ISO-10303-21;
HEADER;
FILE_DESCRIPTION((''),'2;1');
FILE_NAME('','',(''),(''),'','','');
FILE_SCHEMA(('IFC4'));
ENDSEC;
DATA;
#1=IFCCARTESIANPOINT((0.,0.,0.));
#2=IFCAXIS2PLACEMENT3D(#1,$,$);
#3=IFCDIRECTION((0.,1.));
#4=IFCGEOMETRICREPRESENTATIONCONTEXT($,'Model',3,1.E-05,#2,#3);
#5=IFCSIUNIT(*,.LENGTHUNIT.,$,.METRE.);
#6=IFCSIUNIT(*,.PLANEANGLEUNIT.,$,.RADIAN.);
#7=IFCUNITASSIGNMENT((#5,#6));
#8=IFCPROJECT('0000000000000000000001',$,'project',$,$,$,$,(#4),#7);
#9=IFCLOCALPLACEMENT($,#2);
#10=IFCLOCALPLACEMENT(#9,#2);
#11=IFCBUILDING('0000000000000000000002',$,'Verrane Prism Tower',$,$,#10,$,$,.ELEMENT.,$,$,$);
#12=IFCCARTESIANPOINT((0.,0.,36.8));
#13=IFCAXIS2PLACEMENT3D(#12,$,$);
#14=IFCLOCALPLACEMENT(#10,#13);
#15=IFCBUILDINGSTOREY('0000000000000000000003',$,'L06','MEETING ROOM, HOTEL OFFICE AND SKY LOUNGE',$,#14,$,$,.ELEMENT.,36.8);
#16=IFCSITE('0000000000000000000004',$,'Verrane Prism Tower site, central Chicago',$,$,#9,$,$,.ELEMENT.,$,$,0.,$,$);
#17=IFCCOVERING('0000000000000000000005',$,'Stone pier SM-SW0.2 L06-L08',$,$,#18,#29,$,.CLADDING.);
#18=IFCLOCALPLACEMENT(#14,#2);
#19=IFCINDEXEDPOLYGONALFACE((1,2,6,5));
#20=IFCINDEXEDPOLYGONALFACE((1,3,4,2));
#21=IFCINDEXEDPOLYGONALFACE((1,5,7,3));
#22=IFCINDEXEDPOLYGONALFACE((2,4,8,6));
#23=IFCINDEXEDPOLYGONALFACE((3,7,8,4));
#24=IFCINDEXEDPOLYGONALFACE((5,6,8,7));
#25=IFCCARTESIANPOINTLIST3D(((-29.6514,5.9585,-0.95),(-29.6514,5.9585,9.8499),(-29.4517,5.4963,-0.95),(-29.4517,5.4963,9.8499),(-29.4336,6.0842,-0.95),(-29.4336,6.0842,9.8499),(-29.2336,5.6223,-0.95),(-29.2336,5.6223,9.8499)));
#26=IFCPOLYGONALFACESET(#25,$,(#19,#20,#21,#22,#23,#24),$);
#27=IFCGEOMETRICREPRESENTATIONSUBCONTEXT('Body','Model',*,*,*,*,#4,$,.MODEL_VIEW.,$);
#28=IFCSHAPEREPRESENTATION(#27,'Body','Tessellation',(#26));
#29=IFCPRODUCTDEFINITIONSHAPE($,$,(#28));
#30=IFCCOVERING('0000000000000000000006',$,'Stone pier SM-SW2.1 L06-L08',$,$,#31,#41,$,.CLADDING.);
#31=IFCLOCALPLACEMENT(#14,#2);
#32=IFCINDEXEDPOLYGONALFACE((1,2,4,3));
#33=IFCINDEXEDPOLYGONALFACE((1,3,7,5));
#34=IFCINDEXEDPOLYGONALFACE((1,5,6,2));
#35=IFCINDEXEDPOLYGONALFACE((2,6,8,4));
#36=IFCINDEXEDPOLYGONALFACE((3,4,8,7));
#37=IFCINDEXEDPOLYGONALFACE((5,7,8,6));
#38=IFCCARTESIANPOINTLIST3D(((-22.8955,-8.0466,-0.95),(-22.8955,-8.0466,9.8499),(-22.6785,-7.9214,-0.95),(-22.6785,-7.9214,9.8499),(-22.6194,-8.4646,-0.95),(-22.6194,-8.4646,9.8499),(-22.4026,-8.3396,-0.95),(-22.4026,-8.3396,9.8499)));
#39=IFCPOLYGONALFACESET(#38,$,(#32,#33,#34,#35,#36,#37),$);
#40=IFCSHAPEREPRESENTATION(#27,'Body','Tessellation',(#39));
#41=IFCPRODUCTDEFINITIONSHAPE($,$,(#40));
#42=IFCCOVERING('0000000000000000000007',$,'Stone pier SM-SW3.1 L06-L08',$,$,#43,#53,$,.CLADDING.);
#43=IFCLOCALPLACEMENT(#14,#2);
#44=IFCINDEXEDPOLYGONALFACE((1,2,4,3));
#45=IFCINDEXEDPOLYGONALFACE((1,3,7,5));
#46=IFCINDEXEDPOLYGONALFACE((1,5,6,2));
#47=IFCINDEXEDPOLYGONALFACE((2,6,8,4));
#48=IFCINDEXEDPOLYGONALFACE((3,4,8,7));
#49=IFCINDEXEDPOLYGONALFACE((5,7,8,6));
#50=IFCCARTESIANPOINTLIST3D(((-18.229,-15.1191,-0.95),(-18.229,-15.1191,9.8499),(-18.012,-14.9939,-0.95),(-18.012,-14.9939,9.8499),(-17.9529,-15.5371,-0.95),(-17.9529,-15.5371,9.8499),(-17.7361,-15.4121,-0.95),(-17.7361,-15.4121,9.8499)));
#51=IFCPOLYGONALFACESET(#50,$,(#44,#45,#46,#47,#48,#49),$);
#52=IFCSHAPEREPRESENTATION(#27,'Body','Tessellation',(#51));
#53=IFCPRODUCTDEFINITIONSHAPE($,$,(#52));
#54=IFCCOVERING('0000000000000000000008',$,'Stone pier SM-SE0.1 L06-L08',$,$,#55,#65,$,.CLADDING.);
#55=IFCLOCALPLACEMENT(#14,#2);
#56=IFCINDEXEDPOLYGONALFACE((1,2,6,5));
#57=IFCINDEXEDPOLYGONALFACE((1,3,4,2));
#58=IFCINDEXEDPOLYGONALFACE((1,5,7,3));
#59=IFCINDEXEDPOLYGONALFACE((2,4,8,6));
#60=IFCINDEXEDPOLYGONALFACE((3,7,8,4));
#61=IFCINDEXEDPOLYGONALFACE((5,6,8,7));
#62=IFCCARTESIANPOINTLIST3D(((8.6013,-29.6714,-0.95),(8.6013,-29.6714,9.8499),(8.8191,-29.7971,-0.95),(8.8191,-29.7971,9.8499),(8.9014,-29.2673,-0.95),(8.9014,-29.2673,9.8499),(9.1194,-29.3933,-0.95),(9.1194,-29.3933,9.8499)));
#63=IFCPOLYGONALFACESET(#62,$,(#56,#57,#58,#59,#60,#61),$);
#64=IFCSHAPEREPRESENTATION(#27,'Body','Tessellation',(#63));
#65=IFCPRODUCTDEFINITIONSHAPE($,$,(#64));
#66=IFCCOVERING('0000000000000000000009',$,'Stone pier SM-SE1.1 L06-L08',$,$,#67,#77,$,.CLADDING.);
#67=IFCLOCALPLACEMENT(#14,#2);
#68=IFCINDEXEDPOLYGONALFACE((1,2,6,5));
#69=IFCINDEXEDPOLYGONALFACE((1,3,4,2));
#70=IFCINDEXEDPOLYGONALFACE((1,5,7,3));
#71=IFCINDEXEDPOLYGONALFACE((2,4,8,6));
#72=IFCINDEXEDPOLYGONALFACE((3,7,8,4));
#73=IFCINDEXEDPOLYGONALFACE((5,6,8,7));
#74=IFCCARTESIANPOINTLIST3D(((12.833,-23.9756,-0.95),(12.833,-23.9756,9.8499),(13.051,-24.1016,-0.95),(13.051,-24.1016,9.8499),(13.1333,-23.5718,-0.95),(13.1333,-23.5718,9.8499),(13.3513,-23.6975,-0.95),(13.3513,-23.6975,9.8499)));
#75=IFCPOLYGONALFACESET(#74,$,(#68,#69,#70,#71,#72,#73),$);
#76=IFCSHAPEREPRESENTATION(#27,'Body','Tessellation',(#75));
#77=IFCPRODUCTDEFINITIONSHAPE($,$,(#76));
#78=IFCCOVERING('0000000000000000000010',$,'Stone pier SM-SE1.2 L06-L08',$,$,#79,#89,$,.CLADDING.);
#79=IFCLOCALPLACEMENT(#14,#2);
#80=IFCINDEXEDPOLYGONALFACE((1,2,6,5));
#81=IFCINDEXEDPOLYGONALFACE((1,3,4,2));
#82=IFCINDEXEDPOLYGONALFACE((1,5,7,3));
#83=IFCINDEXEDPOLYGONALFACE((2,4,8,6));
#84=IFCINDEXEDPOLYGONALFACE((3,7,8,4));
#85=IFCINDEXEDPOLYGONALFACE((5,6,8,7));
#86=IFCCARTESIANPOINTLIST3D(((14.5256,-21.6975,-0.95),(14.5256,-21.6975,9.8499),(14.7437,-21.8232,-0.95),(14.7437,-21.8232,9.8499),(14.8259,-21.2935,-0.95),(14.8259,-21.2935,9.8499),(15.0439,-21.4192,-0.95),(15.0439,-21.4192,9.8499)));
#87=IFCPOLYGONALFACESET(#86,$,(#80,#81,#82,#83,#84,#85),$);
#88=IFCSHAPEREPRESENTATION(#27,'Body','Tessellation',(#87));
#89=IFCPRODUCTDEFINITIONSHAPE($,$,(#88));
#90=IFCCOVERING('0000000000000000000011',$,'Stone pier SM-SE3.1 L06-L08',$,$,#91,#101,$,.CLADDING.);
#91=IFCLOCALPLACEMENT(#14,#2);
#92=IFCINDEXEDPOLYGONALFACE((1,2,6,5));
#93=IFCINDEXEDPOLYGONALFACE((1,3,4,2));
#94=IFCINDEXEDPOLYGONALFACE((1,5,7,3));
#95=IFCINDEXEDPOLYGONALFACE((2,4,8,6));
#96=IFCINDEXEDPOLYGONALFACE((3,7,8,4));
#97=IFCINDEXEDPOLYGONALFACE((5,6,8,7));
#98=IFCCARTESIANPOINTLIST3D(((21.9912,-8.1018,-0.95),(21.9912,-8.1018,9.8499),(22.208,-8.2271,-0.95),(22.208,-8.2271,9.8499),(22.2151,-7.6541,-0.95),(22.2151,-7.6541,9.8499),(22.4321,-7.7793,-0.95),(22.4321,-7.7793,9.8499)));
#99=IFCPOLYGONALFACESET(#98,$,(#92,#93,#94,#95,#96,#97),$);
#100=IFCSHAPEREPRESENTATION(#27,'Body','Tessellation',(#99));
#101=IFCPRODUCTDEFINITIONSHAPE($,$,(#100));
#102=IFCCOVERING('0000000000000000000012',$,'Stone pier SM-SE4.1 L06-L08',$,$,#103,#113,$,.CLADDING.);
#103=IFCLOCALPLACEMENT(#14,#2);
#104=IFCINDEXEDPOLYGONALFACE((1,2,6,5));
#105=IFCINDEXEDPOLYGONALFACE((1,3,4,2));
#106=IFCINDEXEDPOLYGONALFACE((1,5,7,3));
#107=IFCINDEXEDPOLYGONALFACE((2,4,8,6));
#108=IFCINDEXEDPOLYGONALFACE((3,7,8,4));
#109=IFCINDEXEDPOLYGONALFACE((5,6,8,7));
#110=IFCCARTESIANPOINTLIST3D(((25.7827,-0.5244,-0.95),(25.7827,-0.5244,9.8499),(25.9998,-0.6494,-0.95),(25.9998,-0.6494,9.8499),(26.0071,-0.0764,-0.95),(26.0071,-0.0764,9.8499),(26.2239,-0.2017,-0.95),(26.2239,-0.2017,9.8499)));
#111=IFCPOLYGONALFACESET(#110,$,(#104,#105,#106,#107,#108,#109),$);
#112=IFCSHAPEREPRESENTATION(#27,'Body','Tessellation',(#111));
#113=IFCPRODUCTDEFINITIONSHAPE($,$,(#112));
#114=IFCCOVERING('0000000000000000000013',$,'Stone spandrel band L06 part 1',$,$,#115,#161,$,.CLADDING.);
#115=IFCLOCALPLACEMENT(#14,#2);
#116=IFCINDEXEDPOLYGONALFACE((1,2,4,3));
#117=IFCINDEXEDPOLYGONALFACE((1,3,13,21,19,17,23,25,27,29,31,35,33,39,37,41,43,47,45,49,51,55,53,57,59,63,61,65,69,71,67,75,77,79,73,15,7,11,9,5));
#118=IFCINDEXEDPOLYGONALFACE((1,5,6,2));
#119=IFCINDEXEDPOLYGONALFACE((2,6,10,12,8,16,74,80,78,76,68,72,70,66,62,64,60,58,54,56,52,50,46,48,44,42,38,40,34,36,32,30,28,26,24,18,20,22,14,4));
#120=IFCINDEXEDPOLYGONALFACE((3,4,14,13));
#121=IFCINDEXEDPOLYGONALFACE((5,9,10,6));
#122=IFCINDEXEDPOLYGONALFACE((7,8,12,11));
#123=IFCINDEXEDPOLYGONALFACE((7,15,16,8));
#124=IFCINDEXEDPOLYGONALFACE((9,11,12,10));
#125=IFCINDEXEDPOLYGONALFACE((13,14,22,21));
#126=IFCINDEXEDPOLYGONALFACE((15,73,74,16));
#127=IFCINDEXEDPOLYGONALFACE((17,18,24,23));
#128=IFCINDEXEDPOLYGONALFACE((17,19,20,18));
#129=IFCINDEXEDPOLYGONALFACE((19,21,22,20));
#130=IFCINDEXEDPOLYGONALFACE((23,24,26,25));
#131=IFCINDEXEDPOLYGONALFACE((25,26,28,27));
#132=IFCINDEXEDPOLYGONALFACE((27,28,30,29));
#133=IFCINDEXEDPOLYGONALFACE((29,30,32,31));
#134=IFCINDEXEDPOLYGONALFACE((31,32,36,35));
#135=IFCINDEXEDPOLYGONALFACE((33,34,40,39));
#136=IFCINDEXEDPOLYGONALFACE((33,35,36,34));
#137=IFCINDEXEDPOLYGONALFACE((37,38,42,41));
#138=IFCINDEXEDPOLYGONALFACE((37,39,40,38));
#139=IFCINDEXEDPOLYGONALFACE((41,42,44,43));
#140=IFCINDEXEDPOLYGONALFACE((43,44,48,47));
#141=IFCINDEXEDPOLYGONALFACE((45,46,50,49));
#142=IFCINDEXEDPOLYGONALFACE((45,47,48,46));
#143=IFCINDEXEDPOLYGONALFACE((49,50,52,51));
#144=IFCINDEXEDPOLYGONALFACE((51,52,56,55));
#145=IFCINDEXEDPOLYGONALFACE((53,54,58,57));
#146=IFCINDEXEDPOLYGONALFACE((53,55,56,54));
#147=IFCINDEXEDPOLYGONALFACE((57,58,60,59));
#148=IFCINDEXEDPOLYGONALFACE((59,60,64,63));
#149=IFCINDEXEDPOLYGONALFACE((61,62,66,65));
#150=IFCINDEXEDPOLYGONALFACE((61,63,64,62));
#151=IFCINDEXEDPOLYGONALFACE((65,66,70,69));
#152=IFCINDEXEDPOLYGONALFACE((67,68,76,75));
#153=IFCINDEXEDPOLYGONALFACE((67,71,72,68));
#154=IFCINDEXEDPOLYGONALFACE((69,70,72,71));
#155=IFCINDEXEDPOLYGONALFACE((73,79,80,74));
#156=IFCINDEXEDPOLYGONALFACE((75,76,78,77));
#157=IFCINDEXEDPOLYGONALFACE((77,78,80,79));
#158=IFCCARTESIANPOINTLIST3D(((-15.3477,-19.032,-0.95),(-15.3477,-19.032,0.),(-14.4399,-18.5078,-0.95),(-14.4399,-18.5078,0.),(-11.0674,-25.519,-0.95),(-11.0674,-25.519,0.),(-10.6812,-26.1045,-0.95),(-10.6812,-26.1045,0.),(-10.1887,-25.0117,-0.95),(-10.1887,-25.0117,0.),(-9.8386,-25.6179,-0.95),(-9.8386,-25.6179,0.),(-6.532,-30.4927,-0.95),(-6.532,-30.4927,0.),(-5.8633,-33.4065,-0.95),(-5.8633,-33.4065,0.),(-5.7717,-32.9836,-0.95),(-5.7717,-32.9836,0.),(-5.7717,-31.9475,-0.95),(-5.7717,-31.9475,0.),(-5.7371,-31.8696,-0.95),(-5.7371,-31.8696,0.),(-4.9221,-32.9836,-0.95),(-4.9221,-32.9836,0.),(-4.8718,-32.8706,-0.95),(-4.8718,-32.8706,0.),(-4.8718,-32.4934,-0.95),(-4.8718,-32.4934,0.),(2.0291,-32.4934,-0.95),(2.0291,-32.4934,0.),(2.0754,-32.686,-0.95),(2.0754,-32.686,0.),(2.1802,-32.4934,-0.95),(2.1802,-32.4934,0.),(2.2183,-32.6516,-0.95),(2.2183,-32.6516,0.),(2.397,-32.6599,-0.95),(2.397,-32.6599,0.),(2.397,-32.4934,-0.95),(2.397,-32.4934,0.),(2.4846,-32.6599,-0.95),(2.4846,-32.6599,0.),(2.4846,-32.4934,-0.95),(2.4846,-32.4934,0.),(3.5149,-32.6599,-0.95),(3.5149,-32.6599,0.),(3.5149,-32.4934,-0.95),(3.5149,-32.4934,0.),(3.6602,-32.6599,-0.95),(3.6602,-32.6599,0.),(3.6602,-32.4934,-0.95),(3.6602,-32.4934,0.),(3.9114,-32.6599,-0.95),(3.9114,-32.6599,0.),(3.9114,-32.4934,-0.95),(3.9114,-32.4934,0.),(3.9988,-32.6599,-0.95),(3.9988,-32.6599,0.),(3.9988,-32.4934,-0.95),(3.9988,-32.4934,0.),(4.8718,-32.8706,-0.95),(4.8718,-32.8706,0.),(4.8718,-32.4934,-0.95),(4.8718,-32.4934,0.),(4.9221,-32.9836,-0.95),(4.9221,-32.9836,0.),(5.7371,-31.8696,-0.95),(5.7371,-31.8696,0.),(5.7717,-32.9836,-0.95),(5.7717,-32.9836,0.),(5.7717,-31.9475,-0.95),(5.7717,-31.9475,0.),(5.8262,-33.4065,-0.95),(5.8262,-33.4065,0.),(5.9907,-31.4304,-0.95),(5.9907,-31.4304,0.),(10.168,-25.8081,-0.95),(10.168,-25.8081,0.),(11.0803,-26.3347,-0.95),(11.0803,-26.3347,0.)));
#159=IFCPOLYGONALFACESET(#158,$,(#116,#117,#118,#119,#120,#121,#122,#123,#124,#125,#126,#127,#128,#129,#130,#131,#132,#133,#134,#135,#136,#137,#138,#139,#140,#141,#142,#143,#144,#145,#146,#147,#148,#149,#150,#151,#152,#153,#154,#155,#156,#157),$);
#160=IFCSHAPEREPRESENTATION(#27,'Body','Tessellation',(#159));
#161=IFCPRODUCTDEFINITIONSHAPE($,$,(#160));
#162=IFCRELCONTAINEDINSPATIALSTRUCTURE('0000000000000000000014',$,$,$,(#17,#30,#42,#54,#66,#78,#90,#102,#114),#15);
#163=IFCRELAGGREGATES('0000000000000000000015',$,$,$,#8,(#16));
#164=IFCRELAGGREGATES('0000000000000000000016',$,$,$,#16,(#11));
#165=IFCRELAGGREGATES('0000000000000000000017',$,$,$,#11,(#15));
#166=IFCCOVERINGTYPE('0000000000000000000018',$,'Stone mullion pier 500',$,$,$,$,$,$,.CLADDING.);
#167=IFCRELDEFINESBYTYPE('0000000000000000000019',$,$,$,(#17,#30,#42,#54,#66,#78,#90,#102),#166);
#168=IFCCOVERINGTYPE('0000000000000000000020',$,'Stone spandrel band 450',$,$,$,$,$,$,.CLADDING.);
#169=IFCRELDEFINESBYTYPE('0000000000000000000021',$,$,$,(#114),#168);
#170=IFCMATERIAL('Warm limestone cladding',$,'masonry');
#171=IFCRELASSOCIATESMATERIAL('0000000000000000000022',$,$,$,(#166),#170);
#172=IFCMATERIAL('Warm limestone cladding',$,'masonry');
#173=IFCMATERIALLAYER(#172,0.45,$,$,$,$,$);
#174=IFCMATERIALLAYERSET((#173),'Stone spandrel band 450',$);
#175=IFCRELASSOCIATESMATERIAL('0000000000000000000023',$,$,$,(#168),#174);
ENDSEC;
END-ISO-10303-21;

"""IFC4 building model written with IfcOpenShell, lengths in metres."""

from ifc_helpers import new_model, si_unit, direction, frame, origin, place, context, subcontext, project, spatial, polyline, outline, extrude, material, layer, layer_set, type_object, element, save


model = new_model("IFC4")

# Units and contexts
model_context = context("Model", 3, precision=1e-05, world=origin(), true_north=direction((0.0, 1.0)))
body_context = subcontext(model_context, "Body", "Model", "MODEL_VIEW")
ifc_project = project(units=[si_unit("LENGTHUNIT", "METRE"), si_unit("PLANEANGLEUNIT", "RADIAN")], contexts=[model_context])

# Site, building, storey
site_placement = place(None, origin())
site = spatial("IfcSite", under=ifc_project, at=site_placement, Name="Verrane Prism Tower site, central Chicago", CompositionType="ELEMENT", RefElevation=0.0)
building_placement = place(site_placement, origin())
building = spatial("IfcBuilding", under=site, at=building_placement, Name="Verrane Prism Tower", CompositionType="ELEMENT")
storey_placement = place(building_placement, frame((0.0, 0.0, 36.8)))
storey = spatial("IfcBuildingStorey", under=building, at=storey_placement, Name="L06", Description="MEETING ROOM, HOTEL OFFICE AND SKY LOUNGE", CompositionType="ELEMENT", Elevation=36.8)

# Coverings
ifc_material_1 = material(Name="Warm limestone cladding", Category="masonry")
covering_type_1 = type_object("IfcCoveringType", Name="Stone mullion pier 500", PredefinedType="CLADDING", material=ifc_material_1)
covering_1_placement = place(storey_placement, frame((0.0, 0.0, -0.95)))
element("IfcCovering", 1, at=covering_1_placement, inside=storey, type_object=covering_type_1, Name="Stone pier SM-SW0.2 L06-L08", PredefinedType="CLADDING", context=body_context, shape_type="SweptSolid", body=[
    extrude(outline(polyline([(-29.2336, 5.6223), (-29.4336, 6.0842), (-29.6514, 5.9585), (-29.4517, 5.4963), (-29.2336, 5.6223)])), origin(), (0.0, 0.0, 1.0), 10.7998),
])
covering_2_placement = place(storey_placement, frame((0.0, 0.0, -0.95)))
element("IfcCovering", 2, at=covering_2_placement, inside=storey, type_object=covering_type_1, Name="Stone pier SM-SW2.1 L06-L08", PredefinedType="CLADDING", context=body_context, shape_type="SweptSolid", body=[
    extrude(outline(polyline([(-22.4026, -8.3396), (-22.6785, -7.9214), (-22.8955, -8.0466), (-22.6194, -8.4646), (-22.4026, -8.3396)])), origin(), (0.0, 0.0, 1.0), 10.7998),
])
covering_3_placement = place(storey_placement, frame((0.0, 0.0, -0.95)))
element("IfcCovering", 3, at=covering_3_placement, inside=storey, type_object=covering_type_1, Name="Stone pier SM-SW3.1 L06-L08", PredefinedType="CLADDING", context=body_context, shape_type="SweptSolid", body=[
    extrude(outline(polyline([(-17.7361, -15.4121), (-18.012, -14.9939), (-18.229, -15.1191), (-17.9529, -15.5371), (-17.7361, -15.4121)])), origin(), (0.0, 0.0, 1.0), 10.7998),
])
covering_4_placement = place(storey_placement, frame((0.0, 0.0, -0.95)))
element("IfcCovering", 4, at=covering_4_placement, inside=storey, type_object=covering_type_1, Name="Stone pier SM-SE0.1 L06-L08", PredefinedType="CLADDING", context=body_context, shape_type="SweptSolid", body=[
    extrude(outline(polyline([(8.9014, -29.2673), (8.6013, -29.6714), (8.8191, -29.7971), (9.1194, -29.3933), (8.9014, -29.2673)])), origin(), (0.0, 0.0, 1.0), 10.7998),
])
covering_5_placement = place(storey_placement, frame((0.0, 0.0, -0.95)))
element("IfcCovering", 5, at=covering_5_placement, inside=storey, type_object=covering_type_1, Name="Stone pier SM-SE1.1 L06-L08", PredefinedType="CLADDING", context=body_context, shape_type="SweptSolid", body=[
    extrude(outline(polyline([(13.1333, -23.5718), (12.833, -23.9756), (13.051, -24.1016), (13.3513, -23.6975), (13.1333, -23.5718)])), origin(), (0.0, 0.0, 1.0), 10.7998),
])
covering_6_placement = place(storey_placement, frame((0.0, 0.0, -0.95)))
element("IfcCovering", 6, at=covering_6_placement, inside=storey, type_object=covering_type_1, Name="Stone pier SM-SE1.2 L06-L08", PredefinedType="CLADDING", context=body_context, shape_type="SweptSolid", body=[
    extrude(outline(polyline([(14.8259, -21.2935), (14.5256, -21.6975), (14.7437, -21.8232), (15.0439, -21.4192), (14.8259, -21.2935)])), origin(), (0.0, 0.0, 1.0), 10.7998),
])
covering_7_placement = place(storey_placement, frame((0.0, 0.0, -0.95)))
element("IfcCovering", 7, at=covering_7_placement, inside=storey, type_object=covering_type_1, Name="Stone pier SM-SE3.1 L06-L08", PredefinedType="CLADDING", context=body_context, shape_type="SweptSolid", body=[
    extrude(outline(polyline([(22.2151, -7.6541), (21.9912, -8.1018), (22.208, -8.2271), (22.4321, -7.7793), (22.2151, -7.6541)])), origin(), (0.0, 0.0, 1.0), 10.7998),
])
covering_8_placement = place(storey_placement, frame((0.0, 0.0, -0.95)))
element("IfcCovering", 8, at=covering_8_placement, inside=storey, type_object=covering_type_1, Name="Stone pier SM-SE4.1 L06-L08", PredefinedType="CLADDING", context=body_context, shape_type="SweptSolid", body=[
    extrude(outline(polyline([(26.0071, -0.0764), (25.7827, -0.5244), (25.9998, -0.6494), (26.2239, -0.2017), (26.0071, -0.0764)])), origin(), (0.0, 0.0, 1.0), 10.7998),
])
ifc_material_2 = material(Name="Warm limestone cladding", Category="masonry")
ifc_layer_1 = layer(ifc_material_2, 0.45)
ifc_layer_set_1 = layer_set([ifc_layer_1], Name="Stone spandrel band 450")
covering_type_2 = type_object("IfcCoveringType", Name="Stone spandrel band 450", PredefinedType="CLADDING", material=ifc_layer_set_1)
covering_9_placement = place(storey_placement, frame((0.0, 0.0, -0.95)))
element("IfcCovering", 9, at=covering_9_placement, inside=storey, type_object=covering_type_2, Name="Stone spandrel band L06 part 1", PredefinedType="CLADDING", context=body_context, shape_type="SweptSolid", body=[
    extrude(outline(polyline([(5.8262, -33.4065), (11.0803, -26.3347), (10.168, -25.8081), (5.9907, -31.4304), (5.7371, -31.8696), (5.7717, -31.9475), (5.7717, -32.9836), (4.9221, -32.9836), (4.8718, -32.8706), (4.8718, -32.4934), (3.9988, -32.4934), (3.9988, -32.6599), (3.9114, -32.6599), (3.9114, -32.4934), (3.6602, -32.4934), (3.6602, -32.6599), (3.5149, -32.6599), (3.5149, -32.4934), (2.4846, -32.4934), (2.4846, -32.6599), (2.397, -32.6599), (2.397, -32.4934), (2.1802, -32.4934), (2.2183, -32.6516), (2.0754, -32.686), (2.0291, -32.4934), (-4.8718, -32.4934), (-4.8718, -32.8706), (-4.9221, -32.9836), (-5.7717, -32.9836), (-5.7717, -31.9475), (-5.7371, -31.8696), (-6.532, -30.4927), (-14.4399, -18.5078), (-15.3477, -19.032), (-11.0674, -25.519), (-10.1887, -25.0117), (-9.8386, -25.6179), (-10.6812, -26.1045), (-5.8633, -33.4065), (5.8262, -33.4065)])), origin(), (0.0, 0.0, 1.0), 0.95),
])

save(model, "model.ifc")
